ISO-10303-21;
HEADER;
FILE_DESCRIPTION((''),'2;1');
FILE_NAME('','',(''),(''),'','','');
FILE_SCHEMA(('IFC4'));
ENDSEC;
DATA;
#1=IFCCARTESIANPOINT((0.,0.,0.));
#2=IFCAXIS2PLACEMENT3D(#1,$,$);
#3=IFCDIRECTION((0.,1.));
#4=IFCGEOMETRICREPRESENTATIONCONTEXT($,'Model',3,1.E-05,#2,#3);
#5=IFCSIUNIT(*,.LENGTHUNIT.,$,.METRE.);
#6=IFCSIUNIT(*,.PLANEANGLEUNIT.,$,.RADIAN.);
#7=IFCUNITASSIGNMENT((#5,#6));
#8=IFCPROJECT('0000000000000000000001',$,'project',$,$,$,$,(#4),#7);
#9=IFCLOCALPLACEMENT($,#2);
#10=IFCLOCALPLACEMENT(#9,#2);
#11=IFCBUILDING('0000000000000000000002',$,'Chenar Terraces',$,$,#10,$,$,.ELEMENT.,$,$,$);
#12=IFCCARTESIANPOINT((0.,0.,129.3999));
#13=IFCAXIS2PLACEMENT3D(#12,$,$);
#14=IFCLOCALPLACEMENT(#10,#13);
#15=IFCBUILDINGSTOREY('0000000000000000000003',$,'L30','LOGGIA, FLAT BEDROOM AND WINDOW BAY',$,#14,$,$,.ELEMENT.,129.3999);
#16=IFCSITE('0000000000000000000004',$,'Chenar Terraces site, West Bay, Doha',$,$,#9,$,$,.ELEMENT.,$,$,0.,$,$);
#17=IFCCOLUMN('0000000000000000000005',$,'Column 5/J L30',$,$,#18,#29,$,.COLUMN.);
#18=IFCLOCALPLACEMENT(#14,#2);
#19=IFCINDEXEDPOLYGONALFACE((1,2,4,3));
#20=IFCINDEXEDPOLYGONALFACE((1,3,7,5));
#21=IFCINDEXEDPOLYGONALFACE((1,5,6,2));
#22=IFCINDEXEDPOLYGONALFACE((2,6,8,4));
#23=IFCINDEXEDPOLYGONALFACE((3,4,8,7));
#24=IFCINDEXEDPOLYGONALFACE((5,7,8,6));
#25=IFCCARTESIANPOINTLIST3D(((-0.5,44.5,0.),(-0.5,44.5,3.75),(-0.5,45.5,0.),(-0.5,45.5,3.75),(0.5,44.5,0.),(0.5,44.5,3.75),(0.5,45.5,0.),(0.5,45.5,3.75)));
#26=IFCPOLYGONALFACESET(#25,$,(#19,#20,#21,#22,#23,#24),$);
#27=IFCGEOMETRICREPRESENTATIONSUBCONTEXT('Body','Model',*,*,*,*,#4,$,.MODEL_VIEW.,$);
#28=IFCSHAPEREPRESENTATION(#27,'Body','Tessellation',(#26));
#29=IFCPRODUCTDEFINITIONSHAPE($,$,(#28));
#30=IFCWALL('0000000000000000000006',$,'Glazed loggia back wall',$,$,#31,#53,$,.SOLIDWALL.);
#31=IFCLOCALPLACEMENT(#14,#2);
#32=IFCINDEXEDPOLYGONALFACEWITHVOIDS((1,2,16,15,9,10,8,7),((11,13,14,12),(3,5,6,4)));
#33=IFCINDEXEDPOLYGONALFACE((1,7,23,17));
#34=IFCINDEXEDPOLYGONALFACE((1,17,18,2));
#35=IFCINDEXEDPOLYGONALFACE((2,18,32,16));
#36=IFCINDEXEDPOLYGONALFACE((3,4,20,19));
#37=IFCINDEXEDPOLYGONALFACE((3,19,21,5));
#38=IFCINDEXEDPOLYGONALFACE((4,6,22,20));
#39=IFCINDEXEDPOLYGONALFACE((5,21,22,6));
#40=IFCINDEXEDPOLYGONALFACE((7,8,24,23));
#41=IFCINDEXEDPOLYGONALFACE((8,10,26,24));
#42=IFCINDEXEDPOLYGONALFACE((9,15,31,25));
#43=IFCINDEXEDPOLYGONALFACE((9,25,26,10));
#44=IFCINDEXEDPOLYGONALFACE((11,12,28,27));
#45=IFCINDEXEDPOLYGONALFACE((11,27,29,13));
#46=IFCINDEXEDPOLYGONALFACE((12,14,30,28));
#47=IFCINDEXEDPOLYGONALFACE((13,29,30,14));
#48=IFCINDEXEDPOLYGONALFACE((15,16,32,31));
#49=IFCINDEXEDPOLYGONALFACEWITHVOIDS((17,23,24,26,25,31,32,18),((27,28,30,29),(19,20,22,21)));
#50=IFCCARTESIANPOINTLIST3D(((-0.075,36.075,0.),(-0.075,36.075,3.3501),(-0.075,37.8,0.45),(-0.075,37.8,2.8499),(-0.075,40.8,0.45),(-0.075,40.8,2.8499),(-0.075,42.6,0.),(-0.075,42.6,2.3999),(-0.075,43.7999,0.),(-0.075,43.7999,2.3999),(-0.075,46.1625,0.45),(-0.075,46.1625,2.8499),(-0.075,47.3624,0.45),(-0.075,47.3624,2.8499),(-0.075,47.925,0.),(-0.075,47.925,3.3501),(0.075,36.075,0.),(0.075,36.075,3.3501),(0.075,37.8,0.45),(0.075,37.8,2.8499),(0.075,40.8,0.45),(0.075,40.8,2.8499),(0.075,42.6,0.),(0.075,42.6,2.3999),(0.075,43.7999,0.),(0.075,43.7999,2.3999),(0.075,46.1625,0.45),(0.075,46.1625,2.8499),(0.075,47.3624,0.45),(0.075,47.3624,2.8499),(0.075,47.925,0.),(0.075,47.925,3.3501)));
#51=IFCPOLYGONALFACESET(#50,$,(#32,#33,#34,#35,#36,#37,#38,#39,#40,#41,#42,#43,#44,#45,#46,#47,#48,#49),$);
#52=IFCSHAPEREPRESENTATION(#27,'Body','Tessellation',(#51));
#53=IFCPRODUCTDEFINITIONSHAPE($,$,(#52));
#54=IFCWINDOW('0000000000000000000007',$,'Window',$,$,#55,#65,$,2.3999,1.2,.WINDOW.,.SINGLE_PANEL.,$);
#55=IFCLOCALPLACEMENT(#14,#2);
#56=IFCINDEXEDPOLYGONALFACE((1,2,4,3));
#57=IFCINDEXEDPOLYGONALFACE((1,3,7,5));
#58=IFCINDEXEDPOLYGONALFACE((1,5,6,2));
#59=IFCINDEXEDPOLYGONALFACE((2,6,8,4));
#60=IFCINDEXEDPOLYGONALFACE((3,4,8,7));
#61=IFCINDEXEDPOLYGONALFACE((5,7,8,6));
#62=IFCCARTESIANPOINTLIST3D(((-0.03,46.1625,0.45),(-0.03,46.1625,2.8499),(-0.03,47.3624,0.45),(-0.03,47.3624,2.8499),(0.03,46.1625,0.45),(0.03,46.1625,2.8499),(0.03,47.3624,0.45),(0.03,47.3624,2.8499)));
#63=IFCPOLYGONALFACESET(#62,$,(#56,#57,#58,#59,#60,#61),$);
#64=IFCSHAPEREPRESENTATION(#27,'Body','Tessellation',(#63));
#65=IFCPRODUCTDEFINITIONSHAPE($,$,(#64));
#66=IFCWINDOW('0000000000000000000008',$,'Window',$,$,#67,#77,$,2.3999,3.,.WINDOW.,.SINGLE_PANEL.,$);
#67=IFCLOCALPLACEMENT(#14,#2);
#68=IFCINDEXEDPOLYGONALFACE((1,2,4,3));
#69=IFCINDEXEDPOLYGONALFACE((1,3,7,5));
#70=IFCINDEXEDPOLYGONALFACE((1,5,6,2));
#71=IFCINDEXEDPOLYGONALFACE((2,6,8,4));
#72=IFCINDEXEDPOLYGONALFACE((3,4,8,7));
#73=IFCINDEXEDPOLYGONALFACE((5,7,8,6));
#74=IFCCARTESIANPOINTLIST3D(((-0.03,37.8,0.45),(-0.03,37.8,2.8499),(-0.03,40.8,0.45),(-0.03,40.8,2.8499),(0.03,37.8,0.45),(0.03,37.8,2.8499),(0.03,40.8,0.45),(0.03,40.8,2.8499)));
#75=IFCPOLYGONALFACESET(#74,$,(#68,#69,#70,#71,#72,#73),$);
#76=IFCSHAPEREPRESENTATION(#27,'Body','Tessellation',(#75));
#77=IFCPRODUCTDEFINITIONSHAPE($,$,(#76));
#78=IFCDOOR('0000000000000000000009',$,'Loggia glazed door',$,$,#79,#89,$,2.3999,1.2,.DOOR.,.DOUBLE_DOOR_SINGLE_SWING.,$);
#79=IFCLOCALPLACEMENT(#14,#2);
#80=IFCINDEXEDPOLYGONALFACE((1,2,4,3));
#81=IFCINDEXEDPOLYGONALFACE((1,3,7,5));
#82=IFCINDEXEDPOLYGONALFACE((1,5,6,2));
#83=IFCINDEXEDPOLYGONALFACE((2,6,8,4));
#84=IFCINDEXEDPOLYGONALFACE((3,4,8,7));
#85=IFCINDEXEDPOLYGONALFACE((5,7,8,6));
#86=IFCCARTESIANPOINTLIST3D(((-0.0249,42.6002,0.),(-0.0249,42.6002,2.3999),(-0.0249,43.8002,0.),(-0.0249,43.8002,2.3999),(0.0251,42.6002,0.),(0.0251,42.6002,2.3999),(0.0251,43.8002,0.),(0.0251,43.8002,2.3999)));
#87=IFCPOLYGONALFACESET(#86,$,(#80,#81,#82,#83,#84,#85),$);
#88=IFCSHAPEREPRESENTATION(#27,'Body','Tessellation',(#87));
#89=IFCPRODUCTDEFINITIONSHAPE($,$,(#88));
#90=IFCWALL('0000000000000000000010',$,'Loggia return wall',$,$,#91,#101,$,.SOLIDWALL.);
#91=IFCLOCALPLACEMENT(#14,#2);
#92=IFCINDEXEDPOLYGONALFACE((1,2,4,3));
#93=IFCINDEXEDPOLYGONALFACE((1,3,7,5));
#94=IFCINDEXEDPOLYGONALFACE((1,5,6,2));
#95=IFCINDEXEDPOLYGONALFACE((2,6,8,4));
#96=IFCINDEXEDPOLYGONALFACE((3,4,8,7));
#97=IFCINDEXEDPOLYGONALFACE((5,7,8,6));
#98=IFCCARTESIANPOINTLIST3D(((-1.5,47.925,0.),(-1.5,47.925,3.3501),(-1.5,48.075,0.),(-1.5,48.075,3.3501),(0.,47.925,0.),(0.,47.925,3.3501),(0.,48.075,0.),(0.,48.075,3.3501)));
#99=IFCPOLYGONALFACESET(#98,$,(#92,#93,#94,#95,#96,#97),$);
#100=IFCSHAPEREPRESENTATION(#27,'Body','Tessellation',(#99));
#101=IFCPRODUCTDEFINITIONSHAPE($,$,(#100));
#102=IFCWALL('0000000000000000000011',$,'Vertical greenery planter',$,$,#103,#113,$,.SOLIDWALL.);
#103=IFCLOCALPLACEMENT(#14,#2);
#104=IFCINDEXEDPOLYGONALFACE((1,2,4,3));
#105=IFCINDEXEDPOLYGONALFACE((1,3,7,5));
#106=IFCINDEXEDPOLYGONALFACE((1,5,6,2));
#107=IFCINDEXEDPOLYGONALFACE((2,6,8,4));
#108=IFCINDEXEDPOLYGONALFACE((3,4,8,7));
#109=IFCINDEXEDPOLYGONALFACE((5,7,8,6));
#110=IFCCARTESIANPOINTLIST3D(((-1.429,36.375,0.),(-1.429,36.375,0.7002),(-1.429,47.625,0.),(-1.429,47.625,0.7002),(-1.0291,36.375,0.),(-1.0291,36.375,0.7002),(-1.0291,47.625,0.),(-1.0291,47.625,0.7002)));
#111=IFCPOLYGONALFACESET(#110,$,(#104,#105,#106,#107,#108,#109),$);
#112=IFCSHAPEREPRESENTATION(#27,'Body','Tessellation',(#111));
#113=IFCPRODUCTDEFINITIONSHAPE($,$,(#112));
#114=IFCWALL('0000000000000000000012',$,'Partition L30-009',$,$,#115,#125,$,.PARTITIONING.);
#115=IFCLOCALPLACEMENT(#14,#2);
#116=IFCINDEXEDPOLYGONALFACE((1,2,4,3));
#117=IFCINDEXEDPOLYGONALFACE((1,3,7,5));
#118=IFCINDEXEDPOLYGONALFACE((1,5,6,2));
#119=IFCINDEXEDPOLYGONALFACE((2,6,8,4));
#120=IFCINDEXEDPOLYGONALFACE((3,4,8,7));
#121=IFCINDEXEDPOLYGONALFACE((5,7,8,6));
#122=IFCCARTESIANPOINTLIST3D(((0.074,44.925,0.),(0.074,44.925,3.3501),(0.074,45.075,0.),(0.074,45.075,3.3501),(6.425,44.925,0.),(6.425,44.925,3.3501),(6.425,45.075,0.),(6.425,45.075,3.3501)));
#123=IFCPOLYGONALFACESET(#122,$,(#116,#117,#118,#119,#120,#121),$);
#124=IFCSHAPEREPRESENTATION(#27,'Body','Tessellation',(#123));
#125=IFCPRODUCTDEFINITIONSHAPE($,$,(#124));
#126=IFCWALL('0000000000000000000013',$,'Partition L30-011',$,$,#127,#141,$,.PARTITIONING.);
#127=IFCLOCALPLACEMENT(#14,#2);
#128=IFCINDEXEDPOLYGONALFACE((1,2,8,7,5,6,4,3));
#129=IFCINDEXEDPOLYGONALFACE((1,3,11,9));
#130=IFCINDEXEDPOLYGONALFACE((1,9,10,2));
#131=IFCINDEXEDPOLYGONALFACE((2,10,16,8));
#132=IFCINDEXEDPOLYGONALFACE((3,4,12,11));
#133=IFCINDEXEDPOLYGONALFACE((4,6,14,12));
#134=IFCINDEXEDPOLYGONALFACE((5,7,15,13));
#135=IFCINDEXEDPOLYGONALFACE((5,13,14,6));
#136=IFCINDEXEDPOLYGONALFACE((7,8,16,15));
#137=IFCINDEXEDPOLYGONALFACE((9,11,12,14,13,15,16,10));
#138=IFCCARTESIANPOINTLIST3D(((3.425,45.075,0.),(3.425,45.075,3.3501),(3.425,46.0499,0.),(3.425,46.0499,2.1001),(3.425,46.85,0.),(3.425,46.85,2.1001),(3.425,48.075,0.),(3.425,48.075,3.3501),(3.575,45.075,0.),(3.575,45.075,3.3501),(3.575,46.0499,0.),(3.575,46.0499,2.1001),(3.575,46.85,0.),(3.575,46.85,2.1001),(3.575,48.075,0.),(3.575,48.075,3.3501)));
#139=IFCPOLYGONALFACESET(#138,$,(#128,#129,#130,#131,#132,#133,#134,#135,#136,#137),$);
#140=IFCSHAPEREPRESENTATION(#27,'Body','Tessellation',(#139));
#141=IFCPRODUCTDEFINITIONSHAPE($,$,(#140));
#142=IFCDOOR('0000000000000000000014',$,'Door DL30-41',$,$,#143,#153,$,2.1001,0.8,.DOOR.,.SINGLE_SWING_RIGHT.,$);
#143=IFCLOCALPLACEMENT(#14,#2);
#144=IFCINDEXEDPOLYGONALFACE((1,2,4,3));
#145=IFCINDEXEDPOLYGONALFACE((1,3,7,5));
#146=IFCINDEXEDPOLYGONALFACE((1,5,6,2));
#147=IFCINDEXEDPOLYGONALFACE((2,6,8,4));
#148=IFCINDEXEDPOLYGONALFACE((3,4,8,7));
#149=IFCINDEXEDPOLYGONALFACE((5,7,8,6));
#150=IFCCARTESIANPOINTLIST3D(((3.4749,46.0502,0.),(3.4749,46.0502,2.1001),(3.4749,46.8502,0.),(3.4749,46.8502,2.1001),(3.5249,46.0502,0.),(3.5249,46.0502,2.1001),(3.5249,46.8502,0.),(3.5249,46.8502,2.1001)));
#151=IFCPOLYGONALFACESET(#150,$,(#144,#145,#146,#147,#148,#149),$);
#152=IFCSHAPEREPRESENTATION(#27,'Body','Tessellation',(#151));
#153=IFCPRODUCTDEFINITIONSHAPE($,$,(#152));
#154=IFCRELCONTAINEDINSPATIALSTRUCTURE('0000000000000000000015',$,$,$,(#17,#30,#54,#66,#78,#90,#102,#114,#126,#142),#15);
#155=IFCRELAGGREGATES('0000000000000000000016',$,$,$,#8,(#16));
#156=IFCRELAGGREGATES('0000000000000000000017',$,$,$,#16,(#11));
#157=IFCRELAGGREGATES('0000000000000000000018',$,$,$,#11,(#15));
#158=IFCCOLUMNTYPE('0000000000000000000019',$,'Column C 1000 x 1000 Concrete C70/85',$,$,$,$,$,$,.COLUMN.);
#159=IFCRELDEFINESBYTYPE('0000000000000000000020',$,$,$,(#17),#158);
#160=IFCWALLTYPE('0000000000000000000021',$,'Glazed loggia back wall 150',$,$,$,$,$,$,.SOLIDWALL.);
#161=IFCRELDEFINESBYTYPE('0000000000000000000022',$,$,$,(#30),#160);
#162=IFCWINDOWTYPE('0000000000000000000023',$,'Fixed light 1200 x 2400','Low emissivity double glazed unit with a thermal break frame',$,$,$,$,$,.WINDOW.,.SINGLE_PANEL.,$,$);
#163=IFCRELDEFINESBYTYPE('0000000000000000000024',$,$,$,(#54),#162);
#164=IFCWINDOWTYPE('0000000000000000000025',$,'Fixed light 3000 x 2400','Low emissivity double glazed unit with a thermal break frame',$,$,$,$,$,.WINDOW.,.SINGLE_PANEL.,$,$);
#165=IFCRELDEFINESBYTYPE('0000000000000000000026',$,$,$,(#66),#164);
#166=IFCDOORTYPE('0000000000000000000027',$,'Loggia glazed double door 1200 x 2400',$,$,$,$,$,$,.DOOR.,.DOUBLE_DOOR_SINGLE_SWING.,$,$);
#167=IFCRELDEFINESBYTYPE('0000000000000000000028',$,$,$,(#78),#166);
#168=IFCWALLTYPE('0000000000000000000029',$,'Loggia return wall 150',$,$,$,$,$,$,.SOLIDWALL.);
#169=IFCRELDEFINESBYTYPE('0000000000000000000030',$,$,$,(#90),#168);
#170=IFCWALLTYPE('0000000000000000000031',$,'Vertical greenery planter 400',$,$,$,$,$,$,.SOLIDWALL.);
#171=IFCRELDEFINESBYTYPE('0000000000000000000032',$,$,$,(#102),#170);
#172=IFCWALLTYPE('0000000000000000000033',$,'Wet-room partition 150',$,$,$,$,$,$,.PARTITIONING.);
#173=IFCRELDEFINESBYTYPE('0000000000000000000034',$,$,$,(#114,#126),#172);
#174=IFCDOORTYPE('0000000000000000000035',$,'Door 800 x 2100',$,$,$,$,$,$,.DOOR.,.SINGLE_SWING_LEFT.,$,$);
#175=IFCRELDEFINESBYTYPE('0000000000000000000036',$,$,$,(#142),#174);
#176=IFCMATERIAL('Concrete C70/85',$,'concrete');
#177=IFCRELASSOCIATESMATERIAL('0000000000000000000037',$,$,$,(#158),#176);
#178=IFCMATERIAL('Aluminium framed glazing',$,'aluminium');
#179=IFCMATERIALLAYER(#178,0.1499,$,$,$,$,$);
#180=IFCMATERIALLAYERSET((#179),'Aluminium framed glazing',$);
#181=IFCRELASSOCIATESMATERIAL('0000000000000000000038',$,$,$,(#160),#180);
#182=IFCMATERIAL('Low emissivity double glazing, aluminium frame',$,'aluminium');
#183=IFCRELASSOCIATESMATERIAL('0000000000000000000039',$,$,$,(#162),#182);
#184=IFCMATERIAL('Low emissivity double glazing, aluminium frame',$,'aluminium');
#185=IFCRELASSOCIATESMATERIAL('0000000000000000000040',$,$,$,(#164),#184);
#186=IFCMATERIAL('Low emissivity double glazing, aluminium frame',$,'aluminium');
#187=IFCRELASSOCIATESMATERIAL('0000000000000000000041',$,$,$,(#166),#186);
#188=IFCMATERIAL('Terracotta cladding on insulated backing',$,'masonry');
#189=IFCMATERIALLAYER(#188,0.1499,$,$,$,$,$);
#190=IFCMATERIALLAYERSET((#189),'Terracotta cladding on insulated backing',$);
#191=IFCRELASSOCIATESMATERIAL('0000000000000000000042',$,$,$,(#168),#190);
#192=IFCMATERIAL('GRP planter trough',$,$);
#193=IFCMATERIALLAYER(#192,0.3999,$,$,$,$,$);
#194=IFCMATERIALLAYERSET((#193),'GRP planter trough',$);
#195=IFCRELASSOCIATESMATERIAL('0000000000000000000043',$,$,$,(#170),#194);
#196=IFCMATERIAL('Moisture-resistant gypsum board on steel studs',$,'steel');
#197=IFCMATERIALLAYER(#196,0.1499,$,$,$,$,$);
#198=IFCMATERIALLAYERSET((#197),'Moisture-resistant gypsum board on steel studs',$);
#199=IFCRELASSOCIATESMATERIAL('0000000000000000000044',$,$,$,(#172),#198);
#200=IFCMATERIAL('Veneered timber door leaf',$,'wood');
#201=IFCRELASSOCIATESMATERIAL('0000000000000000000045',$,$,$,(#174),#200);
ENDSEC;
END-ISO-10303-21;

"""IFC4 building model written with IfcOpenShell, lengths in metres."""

from ifc_helpers import new_model, si_unit, direction, frame, frame_2d, origin, origin_2d, place, context, subcontext, project, spatial, rectangle, extrude, material, layer, layer_set, material_profile, profile_set, type_object, element, fill, save


model = new_model("IFC4")

# Units and contexts
model_context = context("Model", 3, precision=1e-05, world=origin(), true_north=direction((0.0, 1.0)))
body_context = subcontext(model_context, "Body", "Model", "MODEL_VIEW")
ifc_project = project(units=[si_unit("LENGTHUNIT", "METRE"), si_unit("PLANEANGLEUNIT", "RADIAN")], contexts=[model_context])

# Site, building, storey
site_placement = place(None, origin())
site = spatial("IfcSite", under=ifc_project, at=site_placement, Name="Chenar Terraces site, West Bay, Doha", CompositionType="ELEMENT", RefElevation=0.0)
building_placement = place(site_placement, origin())
building = spatial("IfcBuilding", under=site, at=building_placement, Name="Chenar Terraces", CompositionType="ELEMENT")
storey_placement = place(building_placement, frame((0.0, 0.0, 129.3999)))
storey = spatial("IfcBuildingStorey", under=building, at=storey_placement, Name="L30", Description="LOGGIA, FLAT BEDROOM AND WINDOW BAY", CompositionType="ELEMENT", Elevation=129.3999)

# Column
ifc_material_1 = material(Name="Concrete C70/85", Category="concrete")
ifc_material_profile_1 = material_profile(ifc_material_1, rectangle(XDim=1.0, YDim=1.0, at=origin_2d()), Name="C 1000 x 1000")
ifc_profile_set_1 = profile_set([ifc_material_profile_1], Name="Concrete C70/85")
column_type = type_object("IfcColumnType", Name="Column C 1000 x 1000 Concrete C70/85", PredefinedType="COLUMN", material=ifc_profile_set_1)
column_placement = place(storey_placement, frame((0.0, 45.0, 0.0), z_axis=(0.0, 0.0, 1.0), x_axis=(1.0, 0.0, 0.0)))
element("IfcColumn", 1, at=column_placement, inside=storey, type_object=column_type, Name="Column 5/J L30", PredefinedType="COLUMN", context=body_context, shape_type="SweptSolid", body=[
    extrude(rectangle(XDim=1.0, YDim=1.0, at=origin_2d()), origin(), (0.0, 0.0, 1.0), 3.75),
])

# Wall, openings, windows, door
ifc_material_2 = material(Name="Aluminium framed glazing", Category="aluminium")
ifc_layer_1 = layer(ifc_material_2, 0.1499)
ifc_layer_set_1 = layer_set([ifc_layer_1], Name="Aluminium framed glazing")
wall_type_1 = type_object("IfcWallType", Name="Glazed loggia back wall 150", PredefinedType="SOLIDWALL", material=ifc_layer_set_1)
wall_1_placement = place(storey_placement, frame((0.0, 47.925, 0.0), z_axis=(0.0, 0.0, 1.0), x_axis=(0.0, -1.0, 0.0)))
wall_1 = element("IfcWall", 2, at=wall_1_placement, inside=storey, type_object=wall_type_1, Name="Glazed loggia back wall", PredefinedType="SOLIDWALL", context=body_context, shape_type="SweptSolid", body=[
    extrude(rectangle(XDim=11.8501, YDim=0.1499, at=frame_2d((5.925, 0.0))), origin(), (0.0, 0.0, 1.0), 3.3501),
])
opening_1_placement = place(wall_1_placement, frame((0.5625, 0.0, 0.45)))
opening_1 = element("IfcOpeningElement", 3, at=opening_1_placement, cuts=wall_1, PredefinedType="OPENING", context=body_context, shape_type="SweptSolid", body=[
    extrude(rectangle(XDim=1.2, YDim=2.3999, at=frame_2d((0.6001, 1.2))), frame((0.0, 0.085, 0.0), z_axis=(0.0, -1.0, 0.0), x_axis=(1.0, 0.0, 0.0)), (0.0, 0.0, 1.0), 0.1699),
])
opening_2_placement = place(wall_1_placement, frame((4.125, 0.0, 0.0)))
opening_2 = element("IfcOpeningElement", 4, at=opening_2_placement, cuts=wall_1, PredefinedType="OPENING", context=body_context, shape_type="SweptSolid", body=[
    extrude(rectangle(XDim=1.2, YDim=2.3999, at=frame_2d((0.6001, 1.2))), frame((0.0, 0.085, 0.0), z_axis=(0.0, -1.0, 0.0), x_axis=(1.0, 0.0, 0.0)), (0.0, 0.0, 1.0), 0.1699),
])
opening_3_placement = place(wall_1_placement, frame((7.125, 0.0, 0.45)))
opening_3 = element("IfcOpeningElement", 5, at=opening_3_placement, cuts=wall_1, PredefinedType="OPENING", context=body_context, shape_type="SweptSolid", body=[
    extrude(rectangle(XDim=3.0, YDim=2.3999, at=frame_2d((1.5, 1.2))), frame((0.0, 0.085, 0.0), z_axis=(0.0, -1.0, 0.0), x_axis=(1.0, 0.0, 0.0)), (0.0, 0.0, 1.0), 0.1699),
])
ifc_material_3 = material(Name="Low emissivity double glazing, aluminium frame", Category="aluminium")
window_type_1 = type_object("IfcWindowType", Name="Fixed light 1200 x 2400", Description="Low emissivity double glazed unit with a thermal break frame", PartitioningType="SINGLE_PANEL", PredefinedType="WINDOW", material=ifc_material_3)
window_1_placement = place(opening_1_placement, origin())
window_1 = element("IfcWindow", 6, at=window_1_placement, inside=storey, type_object=window_type_1, Name="Window", OverallHeight=2.3999, OverallWidth=1.2, PartitioningType="SINGLE_PANEL", PredefinedType="WINDOW", context=body_context, shape_type="SweptSolid", body=[
    extrude(rectangle(XDim=1.2, YDim=2.3999, at=frame_2d((0.6001, 1.2))), frame((0.0, 0.03, 0.0), z_axis=(0.0, -1.0, 0.0), x_axis=(1.0, 0.0, 0.0)), (0.0, 0.0, 1.0), 0.0601),
])
fill(opening_1, window_1)
ifc_material_4 = material(Name="Low emissivity double glazing, aluminium frame", Category="aluminium")
window_type_2 = type_object("IfcWindowType", Name="Fixed light 3000 x 2400", Description="Low emissivity double glazed unit with a thermal break frame", PartitioningType="SINGLE_PANEL", PredefinedType="WINDOW", material=ifc_material_4)
window_2_placement = place(opening_3_placement, origin())
window_2 = element("IfcWindow", 7, at=window_2_placement, inside=storey, type_object=window_type_2, Name="Window", OverallHeight=2.3999, OverallWidth=3.0, PartitioningType="SINGLE_PANEL", PredefinedType="WINDOW", context=body_context, shape_type="SweptSolid", body=[
    extrude(rectangle(XDim=3.0, YDim=2.3999, at=frame_2d((1.5, 1.2))), frame((0.0, 0.03, 0.0), z_axis=(0.0, -1.0, 0.0), x_axis=(1.0, 0.0, 0.0)), (0.0, 0.0, 1.0), 0.0601),
])
fill(opening_3, window_2)
ifc_material_5 = material(Name="Low emissivity double glazing, aluminium frame", Category="aluminium")
door_type_1 = type_object("IfcDoorType", Name="Loggia glazed double door 1200 x 2400", OperationType="DOUBLE_DOOR_SINGLE_SWING", PredefinedType="DOOR", material=ifc_material_5)
door_1_placement = place(opening_2_placement, frame((1.2, 0.0, 0.0), z_axis=(0.0, 0.0, 1.0), x_axis=(-1.0, 0.0, 0.0)))
door_1 = element("IfcDoor", 8, at=door_1_placement, inside=storey, type_object=door_type_1, Name="Loggia glazed door", OperationType="DOUBLE_DOOR_SINGLE_SWING", OverallHeight=2.3999, OverallWidth=1.2, PredefinedType="DOOR", context=body_context, shape_type="SweptSolid", body=[
    extrude(rectangle(XDim=1.2, YDim=2.3999, at=frame_2d((0.6001, 1.2))), frame((0.0, 0.0249, 0.0), z_axis=(0.0, -1.0, 0.0), x_axis=(1.0, 0.0, 0.0)), (0.0, 0.0, 1.0), 0.05),
])
fill(opening_2, door_1)

# Walls
ifc_material_6 = material(Name="Terracotta cladding on insulated backing", Category="masonry")
ifc_layer_2 = layer(ifc_material_6, 0.1499)
ifc_layer_set_2 = layer_set([ifc_layer_2], Name="Terracotta cladding on insulated backing")
wall_type_2 = type_object("IfcWallType", Name="Loggia return wall 150", PredefinedType="SOLIDWALL", material=ifc_layer_set_2)
wall_2_placement = place(storey_placement, frame((-1.5, 48.0, 0.0), z_axis=(0.0, 0.0, 1.0), x_axis=(1.0, 0.0, 0.0)))
element("IfcWall", 9, at=wall_2_placement, inside=storey, type_object=wall_type_2, Name="Loggia return wall", PredefinedType="SOLIDWALL", context=body_context, shape_type="SweptSolid", body=[
    extrude(rectangle(XDim=1.5, YDim=0.1499, at=frame_2d((0.75, 0.0))), origin(), (0.0, 0.0, 1.0), 3.3501),
])
ifc_material_7 = material(Name="GRP planter trough")
ifc_layer_3 = layer(ifc_material_7, 0.3999)
ifc_layer_set_3 = layer_set([ifc_layer_3], Name="GRP planter trough")
wall_type_3 = type_object("IfcWallType", Name="Vertical greenery planter 400", PredefinedType="SOLIDWALL", material=ifc_layer_set_3)
wall_3_placement = place(storey_placement, frame((-1.229, 47.625, 0.0), z_axis=(0.0, 0.0, 1.0), x_axis=(0.0, -1.0, 0.0)))
element("IfcWall", 10, at=wall_3_placement, inside=storey, type_object=wall_type_3, Name="Vertical greenery planter", PredefinedType="SOLIDWALL", context=body_context, shape_type="SweptSolid", body=[
    extrude(rectangle(XDim=11.25, YDim=0.3999, at=frame_2d((5.625, 0.0))), origin(), (0.0, 0.0, 1.0), 0.7002),
])
ifc_material_8 = material(Name="Moisture-resistant gypsum board on steel studs", Category="steel")
ifc_layer_4 = layer(ifc_material_8, 0.1499)
ifc_layer_set_4 = layer_set([ifc_layer_4], Name="Moisture-resistant gypsum board on steel studs")
wall_type_4 = type_object("IfcWallType", Name="Wet-room partition 150", PredefinedType="PARTITIONING", material=ifc_layer_set_4)
wall_4_placement = place(storey_placement, frame((0.074, 45.0, 0.0), z_axis=(0.0, 0.0, 1.0), x_axis=(1.0, 0.0, 0.0)))
element("IfcWall", 11, at=wall_4_placement, inside=storey, type_object=wall_type_4, Name="Partition L30-009", PredefinedType="PARTITIONING", context=body_context, shape_type="SweptSolid", body=[
    extrude(rectangle(XDim=6.3511, YDim=0.1499, at=frame_2d((3.1755, 0.0))), origin(), (0.0, 0.0, 1.0), 3.3501),
])

# Wall, opening, door
wall_5_placement = place(storey_placement, frame((3.5, 45.075, 0.0), z_axis=(0.0, 0.0, 1.0), x_axis=(0.0, 1.0, 0.0)))
wall_5 = element("IfcWall", 12, at=wall_5_placement, inside=storey, type_object=wall_type_4, Name="Partition L30-011", PredefinedType="PARTITIONING", context=body_context, shape_type="SweptSolid", body=[
    extrude(rectangle(XDim=3.0, YDim=0.1499, at=frame_2d((1.5, 0.0))), origin(), (0.0, 0.0, 1.0), 3.3501),
])
opening_4_placement = place(wall_5_placement, frame((0.9751, 0.0, 0.0)))
opening_4 = element("IfcOpeningElement", 13, at=opening_4_placement, cuts=wall_5, PredefinedType="OPENING", context=body_context, shape_type="SweptSolid", body=[
    extrude(rectangle(XDim=0.8, YDim=2.1001, at=frame_2d((0.3999, 1.05))), frame((0.0, 0.085, 0.0), z_axis=(0.0, -1.0, 0.0), x_axis=(1.0, 0.0, 0.0)), (0.0, 0.0, 1.0), 0.1699),
])
ifc_material_9 = material(Name="Veneered timber door leaf", Category="wood")
door_type_2 = type_object("IfcDoorType", Name="Door 800 x 2100", OperationType="SINGLE_SWING_LEFT", PredefinedType="DOOR", material=ifc_material_9)
door_2_placement = place(opening_4_placement, frame((0.8, 0.0, 0.0), z_axis=(0.0, 0.0, 1.0), x_axis=(-1.0, 0.0, 0.0)))
door_2 = element("IfcDoor", 14, at=door_2_placement, inside=storey, type_object=door_type_2, Name="Door DL30-41", OperationType="SINGLE_SWING_RIGHT", OverallHeight=2.1001, OverallWidth=0.8, PredefinedType="DOOR", context=body_context, shape_type="SweptSolid", body=[
    extrude(rectangle(XDim=0.8, YDim=2.1001, at=frame_2d((0.3999, 1.05))), frame((0.0, 0.0249, 0.0), z_axis=(0.0, -1.0, 0.0), x_axis=(1.0, 0.0, 0.0)), (0.0, 0.0, 1.0), 0.05),
])
fill(opening_4, door_2)

save(model, "model.ifc")
